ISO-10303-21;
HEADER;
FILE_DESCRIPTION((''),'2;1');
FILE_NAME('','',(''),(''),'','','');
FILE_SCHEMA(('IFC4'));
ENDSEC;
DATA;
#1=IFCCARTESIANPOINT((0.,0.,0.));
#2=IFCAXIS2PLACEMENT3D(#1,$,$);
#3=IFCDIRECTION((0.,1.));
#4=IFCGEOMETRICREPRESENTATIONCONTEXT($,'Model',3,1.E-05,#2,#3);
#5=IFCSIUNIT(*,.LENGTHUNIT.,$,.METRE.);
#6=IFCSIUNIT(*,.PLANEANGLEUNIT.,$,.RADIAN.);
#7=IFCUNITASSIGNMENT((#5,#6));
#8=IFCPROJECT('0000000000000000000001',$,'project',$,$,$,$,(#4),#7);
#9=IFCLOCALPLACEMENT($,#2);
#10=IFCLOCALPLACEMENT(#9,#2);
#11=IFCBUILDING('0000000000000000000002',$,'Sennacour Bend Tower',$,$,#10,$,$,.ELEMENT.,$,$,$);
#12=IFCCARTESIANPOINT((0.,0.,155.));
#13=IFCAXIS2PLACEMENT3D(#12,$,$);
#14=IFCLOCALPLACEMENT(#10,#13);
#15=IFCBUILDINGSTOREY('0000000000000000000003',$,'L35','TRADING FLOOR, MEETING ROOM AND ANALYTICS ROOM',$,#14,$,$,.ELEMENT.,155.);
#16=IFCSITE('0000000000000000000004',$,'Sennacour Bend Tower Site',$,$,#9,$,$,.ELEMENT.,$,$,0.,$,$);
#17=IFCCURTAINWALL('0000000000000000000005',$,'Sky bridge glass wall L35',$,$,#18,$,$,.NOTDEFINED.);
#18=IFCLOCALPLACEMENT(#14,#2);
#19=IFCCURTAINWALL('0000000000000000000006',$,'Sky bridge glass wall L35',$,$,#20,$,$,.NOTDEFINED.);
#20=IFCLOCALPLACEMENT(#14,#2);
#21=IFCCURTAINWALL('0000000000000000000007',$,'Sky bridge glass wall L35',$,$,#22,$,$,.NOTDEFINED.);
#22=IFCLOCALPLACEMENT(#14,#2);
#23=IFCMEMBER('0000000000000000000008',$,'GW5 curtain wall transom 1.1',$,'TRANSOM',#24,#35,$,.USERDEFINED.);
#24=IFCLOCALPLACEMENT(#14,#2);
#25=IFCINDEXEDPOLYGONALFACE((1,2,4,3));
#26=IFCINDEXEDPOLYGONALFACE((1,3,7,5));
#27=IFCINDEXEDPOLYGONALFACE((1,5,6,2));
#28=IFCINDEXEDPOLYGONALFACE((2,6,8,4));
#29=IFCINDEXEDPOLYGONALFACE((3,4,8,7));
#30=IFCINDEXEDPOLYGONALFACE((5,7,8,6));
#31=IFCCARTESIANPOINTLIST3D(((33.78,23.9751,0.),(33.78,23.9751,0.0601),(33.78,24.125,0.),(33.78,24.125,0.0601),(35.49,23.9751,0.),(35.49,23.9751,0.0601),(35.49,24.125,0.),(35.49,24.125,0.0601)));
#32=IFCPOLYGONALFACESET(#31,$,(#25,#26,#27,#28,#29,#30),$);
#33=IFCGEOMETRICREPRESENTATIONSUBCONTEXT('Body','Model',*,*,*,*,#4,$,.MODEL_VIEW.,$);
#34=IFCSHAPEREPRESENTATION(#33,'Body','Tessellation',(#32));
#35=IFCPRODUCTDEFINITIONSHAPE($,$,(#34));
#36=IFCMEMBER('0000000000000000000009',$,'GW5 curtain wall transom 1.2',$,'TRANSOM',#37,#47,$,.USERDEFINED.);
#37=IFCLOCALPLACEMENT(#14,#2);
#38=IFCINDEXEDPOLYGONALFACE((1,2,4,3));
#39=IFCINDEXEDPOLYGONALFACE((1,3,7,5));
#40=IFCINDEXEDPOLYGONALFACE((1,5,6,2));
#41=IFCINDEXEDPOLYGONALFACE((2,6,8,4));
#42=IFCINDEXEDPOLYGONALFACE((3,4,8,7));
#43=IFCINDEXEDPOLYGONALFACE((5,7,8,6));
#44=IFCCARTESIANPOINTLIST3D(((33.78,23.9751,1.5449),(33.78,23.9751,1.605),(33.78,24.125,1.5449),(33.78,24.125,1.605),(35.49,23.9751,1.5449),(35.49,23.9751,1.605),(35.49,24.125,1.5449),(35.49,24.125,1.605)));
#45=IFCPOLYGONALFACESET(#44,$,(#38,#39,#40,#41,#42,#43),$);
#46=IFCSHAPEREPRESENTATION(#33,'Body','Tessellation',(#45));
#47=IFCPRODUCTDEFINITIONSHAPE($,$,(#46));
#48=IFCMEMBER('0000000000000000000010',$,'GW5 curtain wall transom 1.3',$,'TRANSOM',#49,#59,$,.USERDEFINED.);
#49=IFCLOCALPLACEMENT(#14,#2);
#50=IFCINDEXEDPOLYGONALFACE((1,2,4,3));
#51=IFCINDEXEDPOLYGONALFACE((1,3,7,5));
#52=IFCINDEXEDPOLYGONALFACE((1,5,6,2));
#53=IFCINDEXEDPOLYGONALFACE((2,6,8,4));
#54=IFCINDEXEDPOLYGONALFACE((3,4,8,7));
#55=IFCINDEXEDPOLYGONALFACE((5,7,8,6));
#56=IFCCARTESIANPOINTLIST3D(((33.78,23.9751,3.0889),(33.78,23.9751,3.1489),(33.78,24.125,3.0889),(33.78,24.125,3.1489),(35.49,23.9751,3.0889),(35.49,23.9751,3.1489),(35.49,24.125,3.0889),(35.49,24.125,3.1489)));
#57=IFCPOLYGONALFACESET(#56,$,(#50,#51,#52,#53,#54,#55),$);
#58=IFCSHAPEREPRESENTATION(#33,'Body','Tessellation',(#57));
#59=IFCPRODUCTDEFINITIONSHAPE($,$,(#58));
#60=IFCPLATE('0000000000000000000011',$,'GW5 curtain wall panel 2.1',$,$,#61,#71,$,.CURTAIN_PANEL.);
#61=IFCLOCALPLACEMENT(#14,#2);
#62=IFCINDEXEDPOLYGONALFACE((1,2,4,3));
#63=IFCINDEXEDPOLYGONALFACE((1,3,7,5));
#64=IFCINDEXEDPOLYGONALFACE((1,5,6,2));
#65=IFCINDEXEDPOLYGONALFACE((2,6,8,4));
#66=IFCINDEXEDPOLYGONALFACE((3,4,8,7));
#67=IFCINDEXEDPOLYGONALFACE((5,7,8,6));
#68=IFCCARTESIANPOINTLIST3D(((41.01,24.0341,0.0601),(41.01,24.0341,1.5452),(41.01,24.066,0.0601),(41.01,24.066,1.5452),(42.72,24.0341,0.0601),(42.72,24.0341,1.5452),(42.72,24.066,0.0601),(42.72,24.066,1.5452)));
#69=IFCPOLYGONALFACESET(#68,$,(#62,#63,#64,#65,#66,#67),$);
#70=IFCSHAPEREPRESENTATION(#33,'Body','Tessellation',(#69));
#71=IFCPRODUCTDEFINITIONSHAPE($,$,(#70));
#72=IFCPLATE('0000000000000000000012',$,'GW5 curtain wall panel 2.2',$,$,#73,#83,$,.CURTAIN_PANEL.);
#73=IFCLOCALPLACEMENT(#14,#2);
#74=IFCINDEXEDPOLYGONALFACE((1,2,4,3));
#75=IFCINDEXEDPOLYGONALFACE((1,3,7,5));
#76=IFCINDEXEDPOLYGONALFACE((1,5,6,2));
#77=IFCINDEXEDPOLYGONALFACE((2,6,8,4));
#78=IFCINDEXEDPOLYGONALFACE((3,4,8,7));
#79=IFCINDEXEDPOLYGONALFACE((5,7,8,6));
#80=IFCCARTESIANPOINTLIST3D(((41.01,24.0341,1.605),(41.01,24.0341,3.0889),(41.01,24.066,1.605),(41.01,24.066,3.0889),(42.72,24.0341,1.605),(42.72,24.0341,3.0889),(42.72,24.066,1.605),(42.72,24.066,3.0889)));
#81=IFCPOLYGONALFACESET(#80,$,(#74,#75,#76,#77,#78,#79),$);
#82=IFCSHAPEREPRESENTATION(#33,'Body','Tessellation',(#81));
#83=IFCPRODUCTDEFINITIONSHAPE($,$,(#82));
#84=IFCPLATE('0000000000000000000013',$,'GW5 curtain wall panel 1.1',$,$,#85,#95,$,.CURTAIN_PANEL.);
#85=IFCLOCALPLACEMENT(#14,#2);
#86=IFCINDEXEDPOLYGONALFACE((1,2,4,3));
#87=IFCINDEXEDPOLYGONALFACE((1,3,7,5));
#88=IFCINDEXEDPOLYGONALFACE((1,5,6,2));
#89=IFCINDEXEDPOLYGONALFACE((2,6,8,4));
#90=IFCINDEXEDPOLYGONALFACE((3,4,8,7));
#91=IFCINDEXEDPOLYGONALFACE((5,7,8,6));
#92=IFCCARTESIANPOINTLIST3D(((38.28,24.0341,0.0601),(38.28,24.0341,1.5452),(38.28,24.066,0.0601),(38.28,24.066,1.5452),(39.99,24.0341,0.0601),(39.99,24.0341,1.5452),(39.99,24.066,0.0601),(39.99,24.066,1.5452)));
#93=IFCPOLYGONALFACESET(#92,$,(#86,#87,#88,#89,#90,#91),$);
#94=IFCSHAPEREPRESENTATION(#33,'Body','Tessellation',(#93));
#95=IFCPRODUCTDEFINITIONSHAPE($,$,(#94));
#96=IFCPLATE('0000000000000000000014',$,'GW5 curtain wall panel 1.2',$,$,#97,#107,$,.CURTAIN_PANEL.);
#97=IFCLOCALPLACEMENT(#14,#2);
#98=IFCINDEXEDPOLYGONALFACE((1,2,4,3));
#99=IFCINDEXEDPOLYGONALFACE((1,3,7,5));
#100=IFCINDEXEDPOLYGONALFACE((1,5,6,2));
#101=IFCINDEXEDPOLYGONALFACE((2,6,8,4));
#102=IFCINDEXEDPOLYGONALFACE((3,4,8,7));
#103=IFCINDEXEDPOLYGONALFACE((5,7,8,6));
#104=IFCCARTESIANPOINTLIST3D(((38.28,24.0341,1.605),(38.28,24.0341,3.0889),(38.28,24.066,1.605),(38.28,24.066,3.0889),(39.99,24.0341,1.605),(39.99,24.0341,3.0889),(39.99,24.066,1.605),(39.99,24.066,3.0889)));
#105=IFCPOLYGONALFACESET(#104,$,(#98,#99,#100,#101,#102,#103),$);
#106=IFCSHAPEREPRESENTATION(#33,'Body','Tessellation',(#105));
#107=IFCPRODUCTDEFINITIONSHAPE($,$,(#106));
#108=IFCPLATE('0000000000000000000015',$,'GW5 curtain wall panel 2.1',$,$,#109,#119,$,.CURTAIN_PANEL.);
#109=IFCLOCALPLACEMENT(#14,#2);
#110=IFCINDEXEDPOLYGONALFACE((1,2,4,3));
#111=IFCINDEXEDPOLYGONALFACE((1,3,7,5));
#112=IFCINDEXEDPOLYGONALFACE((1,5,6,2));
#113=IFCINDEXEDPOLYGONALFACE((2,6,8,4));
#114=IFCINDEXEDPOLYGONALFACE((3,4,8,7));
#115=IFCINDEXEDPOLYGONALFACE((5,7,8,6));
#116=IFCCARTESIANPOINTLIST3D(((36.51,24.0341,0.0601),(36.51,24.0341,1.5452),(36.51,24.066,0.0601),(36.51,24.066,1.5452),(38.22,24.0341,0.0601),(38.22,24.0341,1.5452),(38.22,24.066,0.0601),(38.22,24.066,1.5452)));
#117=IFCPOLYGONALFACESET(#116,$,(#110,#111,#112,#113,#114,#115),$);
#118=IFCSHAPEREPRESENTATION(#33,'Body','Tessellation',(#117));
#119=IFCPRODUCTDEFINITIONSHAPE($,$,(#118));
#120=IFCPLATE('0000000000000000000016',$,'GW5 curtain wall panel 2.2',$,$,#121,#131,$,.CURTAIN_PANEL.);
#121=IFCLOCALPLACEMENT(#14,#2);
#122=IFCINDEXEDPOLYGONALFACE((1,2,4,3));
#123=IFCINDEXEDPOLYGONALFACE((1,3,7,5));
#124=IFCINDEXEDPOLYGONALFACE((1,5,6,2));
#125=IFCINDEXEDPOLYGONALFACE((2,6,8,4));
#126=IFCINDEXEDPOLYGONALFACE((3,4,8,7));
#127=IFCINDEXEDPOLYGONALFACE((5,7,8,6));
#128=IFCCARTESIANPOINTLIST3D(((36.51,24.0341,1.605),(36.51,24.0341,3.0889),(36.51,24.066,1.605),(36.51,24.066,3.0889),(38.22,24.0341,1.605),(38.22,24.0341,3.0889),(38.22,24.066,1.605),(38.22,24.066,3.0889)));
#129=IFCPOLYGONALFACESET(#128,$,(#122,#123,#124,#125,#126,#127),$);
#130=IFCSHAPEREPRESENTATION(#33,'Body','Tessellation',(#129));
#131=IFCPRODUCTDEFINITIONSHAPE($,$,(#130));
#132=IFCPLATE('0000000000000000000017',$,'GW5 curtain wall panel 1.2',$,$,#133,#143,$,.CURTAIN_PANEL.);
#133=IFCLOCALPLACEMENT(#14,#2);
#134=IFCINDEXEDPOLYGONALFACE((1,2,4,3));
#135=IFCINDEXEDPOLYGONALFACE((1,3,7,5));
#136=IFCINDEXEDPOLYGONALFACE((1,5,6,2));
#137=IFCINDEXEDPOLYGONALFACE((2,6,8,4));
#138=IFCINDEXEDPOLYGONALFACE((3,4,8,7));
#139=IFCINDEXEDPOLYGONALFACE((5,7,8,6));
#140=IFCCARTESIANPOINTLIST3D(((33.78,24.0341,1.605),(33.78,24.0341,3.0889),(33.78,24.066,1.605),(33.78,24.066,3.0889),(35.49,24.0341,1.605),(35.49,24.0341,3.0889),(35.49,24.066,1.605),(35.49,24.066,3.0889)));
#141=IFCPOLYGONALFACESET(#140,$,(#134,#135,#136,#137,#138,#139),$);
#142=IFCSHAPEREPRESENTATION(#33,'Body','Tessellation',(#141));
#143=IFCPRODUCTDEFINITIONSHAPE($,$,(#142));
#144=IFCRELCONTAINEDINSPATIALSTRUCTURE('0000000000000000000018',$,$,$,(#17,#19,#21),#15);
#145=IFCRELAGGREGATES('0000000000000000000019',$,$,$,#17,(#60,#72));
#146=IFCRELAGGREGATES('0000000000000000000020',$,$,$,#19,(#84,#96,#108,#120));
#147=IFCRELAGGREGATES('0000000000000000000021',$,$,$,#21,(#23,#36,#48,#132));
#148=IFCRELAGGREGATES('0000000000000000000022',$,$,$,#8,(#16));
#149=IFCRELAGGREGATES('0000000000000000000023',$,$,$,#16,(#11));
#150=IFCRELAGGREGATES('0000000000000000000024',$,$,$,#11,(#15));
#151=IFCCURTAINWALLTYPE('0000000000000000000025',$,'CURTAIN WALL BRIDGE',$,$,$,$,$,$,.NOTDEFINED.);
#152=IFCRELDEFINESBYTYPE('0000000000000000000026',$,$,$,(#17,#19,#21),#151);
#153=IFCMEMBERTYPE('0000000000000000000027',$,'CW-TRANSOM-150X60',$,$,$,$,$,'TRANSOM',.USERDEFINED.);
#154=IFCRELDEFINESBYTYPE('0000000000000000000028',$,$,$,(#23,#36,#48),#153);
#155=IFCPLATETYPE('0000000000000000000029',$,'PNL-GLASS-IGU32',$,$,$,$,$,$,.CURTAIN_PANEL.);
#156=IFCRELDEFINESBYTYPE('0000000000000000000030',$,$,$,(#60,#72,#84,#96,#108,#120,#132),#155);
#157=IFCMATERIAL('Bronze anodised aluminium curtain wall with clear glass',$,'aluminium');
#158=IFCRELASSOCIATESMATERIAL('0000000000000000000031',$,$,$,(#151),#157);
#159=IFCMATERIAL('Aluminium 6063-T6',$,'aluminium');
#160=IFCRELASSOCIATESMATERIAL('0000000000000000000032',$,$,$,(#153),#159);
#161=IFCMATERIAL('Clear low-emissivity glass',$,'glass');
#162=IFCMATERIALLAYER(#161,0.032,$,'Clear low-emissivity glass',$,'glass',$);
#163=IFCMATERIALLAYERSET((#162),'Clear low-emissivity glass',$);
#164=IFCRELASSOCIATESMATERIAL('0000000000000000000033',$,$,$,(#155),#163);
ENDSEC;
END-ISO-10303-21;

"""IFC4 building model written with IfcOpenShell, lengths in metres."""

from ifc_helpers import new_model, si_unit, direction, frame, origin, origin_2d, place, context, subcontext, project, spatial, rectangle, extrude, material, layer, layer_set, material_profile, profile_set, type_object, element, aggregate, save


model = new_model("IFC4")

# Units and contexts
model_context = context("Model", 3, precision=1e-05, world=origin(), true_north=direction((0.0, 1.0)))
body_context = subcontext(model_context, "Body", "Model", "MODEL_VIEW")
ifc_project = project(units=[si_unit("LENGTHUNIT", "METRE"), si_unit("PLANEANGLEUNIT", "RADIAN")], contexts=[model_context])

# Site, building, storey
site_placement = place(None, origin())
site = spatial("IfcSite", under=ifc_project, at=site_placement, Name="Sennacour Bend Tower Site", CompositionType="ELEMENT", RefElevation=0.0)
building_placement = place(site_placement, origin())
building = spatial("IfcBuilding", under=site, at=building_placement, Name="Sennacour Bend Tower", CompositionType="ELEMENT")
storey_placement = place(building_placement, frame((0.0, 0.0, 155.0)))
storey = spatial("IfcBuildingStorey", under=building, at=storey_placement, Name="L35", Description="TRADING FLOOR, MEETING ROOM AND ANALYTICS ROOM", CompositionType="ELEMENT", Elevation=155.0)

# Curtain walls
ifc_material_1 = material(Name="Bronze anodised aluminium curtain wall with clear glass", Category="aluminium")
curtain_wall_type = type_object("IfcCurtainWallType", Name="CURTAIN WALL BRIDGE", PredefinedType="NOTDEFINED", material=ifc_material_1)
curtain_wall_1_placement = place(storey_placement, origin())
curtain_wall_1 = element("IfcCurtainWall", 1, at=curtain_wall_1_placement, inside=storey, type_object=curtain_wall_type, Name="Sky bridge glass wall L35", PredefinedType="NOTDEFINED")
ifc_material_2 = material(Name="Aluminium 6063-T6", Category="aluminium")
curtain_wall_2_placement = place(storey_placement, origin())
curtain_wall_2 = element("IfcCurtainWall", 2, at=curtain_wall_2_placement, inside=storey, type_object=curtain_wall_type, Name="Sky bridge glass wall L35", PredefinedType="NOTDEFINED")

# Curtain wall
curtain_wall_3_placement = place(storey_placement, origin())
curtain_wall_3 = element("IfcCurtainWall", 3, at=curtain_wall_3_placement, inside=storey, type_object=curtain_wall_type, Name="Sky bridge glass wall L35", PredefinedType="NOTDEFINED")

# Members
ifc_material_profile_1 = material_profile(ifc_material_2, rectangle(XDim=0.1499, YDim=0.0601, at=origin_2d()), Name="Aluminium 6063-T6", Category="aluminium")
ifc_profile_set_1 = profile_set([ifc_material_profile_1], Name="Aluminium 6063-T6")
member_type_1 = type_object("IfcMemberType", Name="CW-TRANSOM-150X60", ElementType="TRANSOM", PredefinedType="USERDEFINED", material=ifc_profile_set_1)
member_1_placement = place(storey_placement, frame((35.49, 24.05, 0.03), z_axis=(-1.0, 0.0, 0.0), x_axis=(0.0, -1.0, 0.0)))
member_1 = element("IfcMember", 4, at=member_1_placement, type_object=member_type_1, Name="GW5 curtain wall transom 1.1", ObjectType="TRANSOM", PredefinedType="USERDEFINED", context=body_context, shape_type="SweptSolid", body=[
    extrude(rectangle(XDim=0.1499, YDim=0.0601, at=origin_2d()), origin(), (0.0, 0.0, 1.0), 1.71),
])
member_2_placement = place(storey_placement, frame((35.49, 24.05, 1.575), z_axis=(-1.0, 0.0, 0.0), x_axis=(0.0, -1.0, 0.0)))
member_2 = element("IfcMember", 5, at=member_2_placement, type_object=member_type_1, Name="GW5 curtain wall transom 1.2", ObjectType="TRANSOM", PredefinedType="USERDEFINED", context=body_context, shape_type="SweptSolid", body=[
    extrude(rectangle(XDim=0.1499, YDim=0.0601, at=origin_2d()), origin(), (0.0, 0.0, 1.0), 1.71),
])
member_3_placement = place(storey_placement, frame((35.49, 24.05, 3.1189), z_axis=(-1.0, 0.0, 0.0), x_axis=(0.0, -1.0, 0.0)))
member_3 = element("IfcMember", 6, at=member_3_placement, type_object=member_type_1, Name="GW5 curtain wall transom 1.3", ObjectType="TRANSOM", PredefinedType="USERDEFINED", context=body_context, shape_type="SweptSolid", body=[
    extrude(rectangle(XDim=0.1499, YDim=0.0601, at=origin_2d()), origin(), (0.0, 0.0, 1.0), 1.71),
])

# Plates
ifc_material_3 = material(Name="Clear low-emissivity glass", Category="glass")
ifc_layer = layer(ifc_material_3, 0.032, Name="Clear low-emissivity glass", Category="glass")
ifc_layer_set = layer_set([ifc_layer], Name="Clear low-emissivity glass")
plate_type = type_object("IfcPlateType", Name="PNL-GLASS-IGU32", PredefinedType="CURTAIN_PANEL", material=ifc_layer_set)
plate_1_placement = place(storey_placement, frame((41.865, 24.05, 0.0601), z_axis=(0.0, 0.0, 1.0), x_axis=(-1.0, 0.0, 0.0)))
plate_1 = element("IfcPlate", 7, at=plate_1_placement, type_object=plate_type, Name="GW5 curtain wall panel 2.1", PredefinedType="CURTAIN_PANEL", context=body_context, shape_type="SweptSolid", body=[
    extrude(rectangle(XDim=1.71, YDim=0.032, at=origin_2d()), origin(), (0.0, 0.0, 1.0), 1.4851),
])
plate_2_placement = place(storey_placement, frame((41.865, 24.05, 1.605), z_axis=(0.0, 0.0, 1.0), x_axis=(-1.0, 0.0, 0.0)))
plate_2 = element("IfcPlate", 8, at=plate_2_placement, type_object=plate_type, Name="GW5 curtain wall panel 2.2", PredefinedType="CURTAIN_PANEL", context=body_context, shape_type="SweptSolid", body=[
    extrude(rectangle(XDim=1.71, YDim=0.032, at=origin_2d()), origin(), (0.0, 0.0, 1.0), 1.4839),
])
aggregate(curtain_wall_1, [plate_1, plate_2])
plate_3_placement = place(storey_placement, frame((39.135, 24.05, 0.0601), z_axis=(0.0, 0.0, 1.0), x_axis=(-1.0, 0.0, 0.0)))
plate_3 = element("IfcPlate", 9, at=plate_3_placement, type_object=plate_type, Name="GW5 curtain wall panel 1.1", PredefinedType="CURTAIN_PANEL", context=body_context, shape_type="SweptSolid", body=[
    extrude(rectangle(XDim=1.71, YDim=0.032, at=origin_2d()), origin(), (0.0, 0.0, 1.0), 1.4851),
])
plate_4_placement = place(storey_placement, frame((39.135, 24.05, 1.605), z_axis=(0.0, 0.0, 1.0), x_axis=(-1.0, 0.0, 0.0)))
plate_4 = element("IfcPlate", 10, at=plate_4_placement, type_object=plate_type, Name="GW5 curtain wall panel 1.2", PredefinedType="CURTAIN_PANEL", context=body_context, shape_type="SweptSolid", body=[
    extrude(rectangle(XDim=1.71, YDim=0.032, at=origin_2d()), origin(), (0.0, 0.0, 1.0), 1.4839),
])
plate_5_placement = place(storey_placement, frame((37.365, 24.05, 0.0601), z_axis=(0.0, 0.0, 1.0), x_axis=(-1.0, 0.0, 0.0)))
plate_5 = element("IfcPlate", 11, at=plate_5_placement, type_object=plate_type, Name="GW5 curtain wall panel 2.1", PredefinedType="CURTAIN_PANEL", context=body_context, shape_type="SweptSolid", body=[
    extrude(rectangle(XDim=1.71, YDim=0.032, at=origin_2d()), origin(), (0.0, 0.0, 1.0), 1.4851),
])
plate_6_placement = place(storey_placement, frame((37.365, 24.05, 1.605), z_axis=(0.0, 0.0, 1.0), x_axis=(-1.0, 0.0, 0.0)))
plate_6 = element("IfcPlate", 12, at=plate_6_placement, type_object=plate_type, Name="GW5 curtain wall panel 2.2", PredefinedType="CURTAIN_PANEL", context=body_context, shape_type="SweptSolid", body=[
    extrude(rectangle(XDim=1.71, YDim=0.032, at=origin_2d()), origin(), (0.0, 0.0, 1.0), 1.4839),
])
aggregate(curtain_wall_2, [plate_3, plate_4, plate_5, plate_6])
plate_7_placement = place(storey_placement, frame((34.635, 24.05, 1.605), z_axis=(0.0, 0.0, 1.0), x_axis=(-1.0, 0.0, 0.0)))
plate_7 = element("IfcPlate", 13, at=plate_7_placement, type_object=plate_type, Name="GW5 curtain wall panel 1.2", PredefinedType="CURTAIN_PANEL", context=body_context, shape_type="SweptSolid", body=[
    extrude(rectangle(XDim=1.71, YDim=0.032, at=origin_2d()), origin(), (0.0, 0.0, 1.0), 1.4839),
])
aggregate(curtain_wall_3, [member_1, member_2, member_3, plate_7])

save(model, "model.ifc")
